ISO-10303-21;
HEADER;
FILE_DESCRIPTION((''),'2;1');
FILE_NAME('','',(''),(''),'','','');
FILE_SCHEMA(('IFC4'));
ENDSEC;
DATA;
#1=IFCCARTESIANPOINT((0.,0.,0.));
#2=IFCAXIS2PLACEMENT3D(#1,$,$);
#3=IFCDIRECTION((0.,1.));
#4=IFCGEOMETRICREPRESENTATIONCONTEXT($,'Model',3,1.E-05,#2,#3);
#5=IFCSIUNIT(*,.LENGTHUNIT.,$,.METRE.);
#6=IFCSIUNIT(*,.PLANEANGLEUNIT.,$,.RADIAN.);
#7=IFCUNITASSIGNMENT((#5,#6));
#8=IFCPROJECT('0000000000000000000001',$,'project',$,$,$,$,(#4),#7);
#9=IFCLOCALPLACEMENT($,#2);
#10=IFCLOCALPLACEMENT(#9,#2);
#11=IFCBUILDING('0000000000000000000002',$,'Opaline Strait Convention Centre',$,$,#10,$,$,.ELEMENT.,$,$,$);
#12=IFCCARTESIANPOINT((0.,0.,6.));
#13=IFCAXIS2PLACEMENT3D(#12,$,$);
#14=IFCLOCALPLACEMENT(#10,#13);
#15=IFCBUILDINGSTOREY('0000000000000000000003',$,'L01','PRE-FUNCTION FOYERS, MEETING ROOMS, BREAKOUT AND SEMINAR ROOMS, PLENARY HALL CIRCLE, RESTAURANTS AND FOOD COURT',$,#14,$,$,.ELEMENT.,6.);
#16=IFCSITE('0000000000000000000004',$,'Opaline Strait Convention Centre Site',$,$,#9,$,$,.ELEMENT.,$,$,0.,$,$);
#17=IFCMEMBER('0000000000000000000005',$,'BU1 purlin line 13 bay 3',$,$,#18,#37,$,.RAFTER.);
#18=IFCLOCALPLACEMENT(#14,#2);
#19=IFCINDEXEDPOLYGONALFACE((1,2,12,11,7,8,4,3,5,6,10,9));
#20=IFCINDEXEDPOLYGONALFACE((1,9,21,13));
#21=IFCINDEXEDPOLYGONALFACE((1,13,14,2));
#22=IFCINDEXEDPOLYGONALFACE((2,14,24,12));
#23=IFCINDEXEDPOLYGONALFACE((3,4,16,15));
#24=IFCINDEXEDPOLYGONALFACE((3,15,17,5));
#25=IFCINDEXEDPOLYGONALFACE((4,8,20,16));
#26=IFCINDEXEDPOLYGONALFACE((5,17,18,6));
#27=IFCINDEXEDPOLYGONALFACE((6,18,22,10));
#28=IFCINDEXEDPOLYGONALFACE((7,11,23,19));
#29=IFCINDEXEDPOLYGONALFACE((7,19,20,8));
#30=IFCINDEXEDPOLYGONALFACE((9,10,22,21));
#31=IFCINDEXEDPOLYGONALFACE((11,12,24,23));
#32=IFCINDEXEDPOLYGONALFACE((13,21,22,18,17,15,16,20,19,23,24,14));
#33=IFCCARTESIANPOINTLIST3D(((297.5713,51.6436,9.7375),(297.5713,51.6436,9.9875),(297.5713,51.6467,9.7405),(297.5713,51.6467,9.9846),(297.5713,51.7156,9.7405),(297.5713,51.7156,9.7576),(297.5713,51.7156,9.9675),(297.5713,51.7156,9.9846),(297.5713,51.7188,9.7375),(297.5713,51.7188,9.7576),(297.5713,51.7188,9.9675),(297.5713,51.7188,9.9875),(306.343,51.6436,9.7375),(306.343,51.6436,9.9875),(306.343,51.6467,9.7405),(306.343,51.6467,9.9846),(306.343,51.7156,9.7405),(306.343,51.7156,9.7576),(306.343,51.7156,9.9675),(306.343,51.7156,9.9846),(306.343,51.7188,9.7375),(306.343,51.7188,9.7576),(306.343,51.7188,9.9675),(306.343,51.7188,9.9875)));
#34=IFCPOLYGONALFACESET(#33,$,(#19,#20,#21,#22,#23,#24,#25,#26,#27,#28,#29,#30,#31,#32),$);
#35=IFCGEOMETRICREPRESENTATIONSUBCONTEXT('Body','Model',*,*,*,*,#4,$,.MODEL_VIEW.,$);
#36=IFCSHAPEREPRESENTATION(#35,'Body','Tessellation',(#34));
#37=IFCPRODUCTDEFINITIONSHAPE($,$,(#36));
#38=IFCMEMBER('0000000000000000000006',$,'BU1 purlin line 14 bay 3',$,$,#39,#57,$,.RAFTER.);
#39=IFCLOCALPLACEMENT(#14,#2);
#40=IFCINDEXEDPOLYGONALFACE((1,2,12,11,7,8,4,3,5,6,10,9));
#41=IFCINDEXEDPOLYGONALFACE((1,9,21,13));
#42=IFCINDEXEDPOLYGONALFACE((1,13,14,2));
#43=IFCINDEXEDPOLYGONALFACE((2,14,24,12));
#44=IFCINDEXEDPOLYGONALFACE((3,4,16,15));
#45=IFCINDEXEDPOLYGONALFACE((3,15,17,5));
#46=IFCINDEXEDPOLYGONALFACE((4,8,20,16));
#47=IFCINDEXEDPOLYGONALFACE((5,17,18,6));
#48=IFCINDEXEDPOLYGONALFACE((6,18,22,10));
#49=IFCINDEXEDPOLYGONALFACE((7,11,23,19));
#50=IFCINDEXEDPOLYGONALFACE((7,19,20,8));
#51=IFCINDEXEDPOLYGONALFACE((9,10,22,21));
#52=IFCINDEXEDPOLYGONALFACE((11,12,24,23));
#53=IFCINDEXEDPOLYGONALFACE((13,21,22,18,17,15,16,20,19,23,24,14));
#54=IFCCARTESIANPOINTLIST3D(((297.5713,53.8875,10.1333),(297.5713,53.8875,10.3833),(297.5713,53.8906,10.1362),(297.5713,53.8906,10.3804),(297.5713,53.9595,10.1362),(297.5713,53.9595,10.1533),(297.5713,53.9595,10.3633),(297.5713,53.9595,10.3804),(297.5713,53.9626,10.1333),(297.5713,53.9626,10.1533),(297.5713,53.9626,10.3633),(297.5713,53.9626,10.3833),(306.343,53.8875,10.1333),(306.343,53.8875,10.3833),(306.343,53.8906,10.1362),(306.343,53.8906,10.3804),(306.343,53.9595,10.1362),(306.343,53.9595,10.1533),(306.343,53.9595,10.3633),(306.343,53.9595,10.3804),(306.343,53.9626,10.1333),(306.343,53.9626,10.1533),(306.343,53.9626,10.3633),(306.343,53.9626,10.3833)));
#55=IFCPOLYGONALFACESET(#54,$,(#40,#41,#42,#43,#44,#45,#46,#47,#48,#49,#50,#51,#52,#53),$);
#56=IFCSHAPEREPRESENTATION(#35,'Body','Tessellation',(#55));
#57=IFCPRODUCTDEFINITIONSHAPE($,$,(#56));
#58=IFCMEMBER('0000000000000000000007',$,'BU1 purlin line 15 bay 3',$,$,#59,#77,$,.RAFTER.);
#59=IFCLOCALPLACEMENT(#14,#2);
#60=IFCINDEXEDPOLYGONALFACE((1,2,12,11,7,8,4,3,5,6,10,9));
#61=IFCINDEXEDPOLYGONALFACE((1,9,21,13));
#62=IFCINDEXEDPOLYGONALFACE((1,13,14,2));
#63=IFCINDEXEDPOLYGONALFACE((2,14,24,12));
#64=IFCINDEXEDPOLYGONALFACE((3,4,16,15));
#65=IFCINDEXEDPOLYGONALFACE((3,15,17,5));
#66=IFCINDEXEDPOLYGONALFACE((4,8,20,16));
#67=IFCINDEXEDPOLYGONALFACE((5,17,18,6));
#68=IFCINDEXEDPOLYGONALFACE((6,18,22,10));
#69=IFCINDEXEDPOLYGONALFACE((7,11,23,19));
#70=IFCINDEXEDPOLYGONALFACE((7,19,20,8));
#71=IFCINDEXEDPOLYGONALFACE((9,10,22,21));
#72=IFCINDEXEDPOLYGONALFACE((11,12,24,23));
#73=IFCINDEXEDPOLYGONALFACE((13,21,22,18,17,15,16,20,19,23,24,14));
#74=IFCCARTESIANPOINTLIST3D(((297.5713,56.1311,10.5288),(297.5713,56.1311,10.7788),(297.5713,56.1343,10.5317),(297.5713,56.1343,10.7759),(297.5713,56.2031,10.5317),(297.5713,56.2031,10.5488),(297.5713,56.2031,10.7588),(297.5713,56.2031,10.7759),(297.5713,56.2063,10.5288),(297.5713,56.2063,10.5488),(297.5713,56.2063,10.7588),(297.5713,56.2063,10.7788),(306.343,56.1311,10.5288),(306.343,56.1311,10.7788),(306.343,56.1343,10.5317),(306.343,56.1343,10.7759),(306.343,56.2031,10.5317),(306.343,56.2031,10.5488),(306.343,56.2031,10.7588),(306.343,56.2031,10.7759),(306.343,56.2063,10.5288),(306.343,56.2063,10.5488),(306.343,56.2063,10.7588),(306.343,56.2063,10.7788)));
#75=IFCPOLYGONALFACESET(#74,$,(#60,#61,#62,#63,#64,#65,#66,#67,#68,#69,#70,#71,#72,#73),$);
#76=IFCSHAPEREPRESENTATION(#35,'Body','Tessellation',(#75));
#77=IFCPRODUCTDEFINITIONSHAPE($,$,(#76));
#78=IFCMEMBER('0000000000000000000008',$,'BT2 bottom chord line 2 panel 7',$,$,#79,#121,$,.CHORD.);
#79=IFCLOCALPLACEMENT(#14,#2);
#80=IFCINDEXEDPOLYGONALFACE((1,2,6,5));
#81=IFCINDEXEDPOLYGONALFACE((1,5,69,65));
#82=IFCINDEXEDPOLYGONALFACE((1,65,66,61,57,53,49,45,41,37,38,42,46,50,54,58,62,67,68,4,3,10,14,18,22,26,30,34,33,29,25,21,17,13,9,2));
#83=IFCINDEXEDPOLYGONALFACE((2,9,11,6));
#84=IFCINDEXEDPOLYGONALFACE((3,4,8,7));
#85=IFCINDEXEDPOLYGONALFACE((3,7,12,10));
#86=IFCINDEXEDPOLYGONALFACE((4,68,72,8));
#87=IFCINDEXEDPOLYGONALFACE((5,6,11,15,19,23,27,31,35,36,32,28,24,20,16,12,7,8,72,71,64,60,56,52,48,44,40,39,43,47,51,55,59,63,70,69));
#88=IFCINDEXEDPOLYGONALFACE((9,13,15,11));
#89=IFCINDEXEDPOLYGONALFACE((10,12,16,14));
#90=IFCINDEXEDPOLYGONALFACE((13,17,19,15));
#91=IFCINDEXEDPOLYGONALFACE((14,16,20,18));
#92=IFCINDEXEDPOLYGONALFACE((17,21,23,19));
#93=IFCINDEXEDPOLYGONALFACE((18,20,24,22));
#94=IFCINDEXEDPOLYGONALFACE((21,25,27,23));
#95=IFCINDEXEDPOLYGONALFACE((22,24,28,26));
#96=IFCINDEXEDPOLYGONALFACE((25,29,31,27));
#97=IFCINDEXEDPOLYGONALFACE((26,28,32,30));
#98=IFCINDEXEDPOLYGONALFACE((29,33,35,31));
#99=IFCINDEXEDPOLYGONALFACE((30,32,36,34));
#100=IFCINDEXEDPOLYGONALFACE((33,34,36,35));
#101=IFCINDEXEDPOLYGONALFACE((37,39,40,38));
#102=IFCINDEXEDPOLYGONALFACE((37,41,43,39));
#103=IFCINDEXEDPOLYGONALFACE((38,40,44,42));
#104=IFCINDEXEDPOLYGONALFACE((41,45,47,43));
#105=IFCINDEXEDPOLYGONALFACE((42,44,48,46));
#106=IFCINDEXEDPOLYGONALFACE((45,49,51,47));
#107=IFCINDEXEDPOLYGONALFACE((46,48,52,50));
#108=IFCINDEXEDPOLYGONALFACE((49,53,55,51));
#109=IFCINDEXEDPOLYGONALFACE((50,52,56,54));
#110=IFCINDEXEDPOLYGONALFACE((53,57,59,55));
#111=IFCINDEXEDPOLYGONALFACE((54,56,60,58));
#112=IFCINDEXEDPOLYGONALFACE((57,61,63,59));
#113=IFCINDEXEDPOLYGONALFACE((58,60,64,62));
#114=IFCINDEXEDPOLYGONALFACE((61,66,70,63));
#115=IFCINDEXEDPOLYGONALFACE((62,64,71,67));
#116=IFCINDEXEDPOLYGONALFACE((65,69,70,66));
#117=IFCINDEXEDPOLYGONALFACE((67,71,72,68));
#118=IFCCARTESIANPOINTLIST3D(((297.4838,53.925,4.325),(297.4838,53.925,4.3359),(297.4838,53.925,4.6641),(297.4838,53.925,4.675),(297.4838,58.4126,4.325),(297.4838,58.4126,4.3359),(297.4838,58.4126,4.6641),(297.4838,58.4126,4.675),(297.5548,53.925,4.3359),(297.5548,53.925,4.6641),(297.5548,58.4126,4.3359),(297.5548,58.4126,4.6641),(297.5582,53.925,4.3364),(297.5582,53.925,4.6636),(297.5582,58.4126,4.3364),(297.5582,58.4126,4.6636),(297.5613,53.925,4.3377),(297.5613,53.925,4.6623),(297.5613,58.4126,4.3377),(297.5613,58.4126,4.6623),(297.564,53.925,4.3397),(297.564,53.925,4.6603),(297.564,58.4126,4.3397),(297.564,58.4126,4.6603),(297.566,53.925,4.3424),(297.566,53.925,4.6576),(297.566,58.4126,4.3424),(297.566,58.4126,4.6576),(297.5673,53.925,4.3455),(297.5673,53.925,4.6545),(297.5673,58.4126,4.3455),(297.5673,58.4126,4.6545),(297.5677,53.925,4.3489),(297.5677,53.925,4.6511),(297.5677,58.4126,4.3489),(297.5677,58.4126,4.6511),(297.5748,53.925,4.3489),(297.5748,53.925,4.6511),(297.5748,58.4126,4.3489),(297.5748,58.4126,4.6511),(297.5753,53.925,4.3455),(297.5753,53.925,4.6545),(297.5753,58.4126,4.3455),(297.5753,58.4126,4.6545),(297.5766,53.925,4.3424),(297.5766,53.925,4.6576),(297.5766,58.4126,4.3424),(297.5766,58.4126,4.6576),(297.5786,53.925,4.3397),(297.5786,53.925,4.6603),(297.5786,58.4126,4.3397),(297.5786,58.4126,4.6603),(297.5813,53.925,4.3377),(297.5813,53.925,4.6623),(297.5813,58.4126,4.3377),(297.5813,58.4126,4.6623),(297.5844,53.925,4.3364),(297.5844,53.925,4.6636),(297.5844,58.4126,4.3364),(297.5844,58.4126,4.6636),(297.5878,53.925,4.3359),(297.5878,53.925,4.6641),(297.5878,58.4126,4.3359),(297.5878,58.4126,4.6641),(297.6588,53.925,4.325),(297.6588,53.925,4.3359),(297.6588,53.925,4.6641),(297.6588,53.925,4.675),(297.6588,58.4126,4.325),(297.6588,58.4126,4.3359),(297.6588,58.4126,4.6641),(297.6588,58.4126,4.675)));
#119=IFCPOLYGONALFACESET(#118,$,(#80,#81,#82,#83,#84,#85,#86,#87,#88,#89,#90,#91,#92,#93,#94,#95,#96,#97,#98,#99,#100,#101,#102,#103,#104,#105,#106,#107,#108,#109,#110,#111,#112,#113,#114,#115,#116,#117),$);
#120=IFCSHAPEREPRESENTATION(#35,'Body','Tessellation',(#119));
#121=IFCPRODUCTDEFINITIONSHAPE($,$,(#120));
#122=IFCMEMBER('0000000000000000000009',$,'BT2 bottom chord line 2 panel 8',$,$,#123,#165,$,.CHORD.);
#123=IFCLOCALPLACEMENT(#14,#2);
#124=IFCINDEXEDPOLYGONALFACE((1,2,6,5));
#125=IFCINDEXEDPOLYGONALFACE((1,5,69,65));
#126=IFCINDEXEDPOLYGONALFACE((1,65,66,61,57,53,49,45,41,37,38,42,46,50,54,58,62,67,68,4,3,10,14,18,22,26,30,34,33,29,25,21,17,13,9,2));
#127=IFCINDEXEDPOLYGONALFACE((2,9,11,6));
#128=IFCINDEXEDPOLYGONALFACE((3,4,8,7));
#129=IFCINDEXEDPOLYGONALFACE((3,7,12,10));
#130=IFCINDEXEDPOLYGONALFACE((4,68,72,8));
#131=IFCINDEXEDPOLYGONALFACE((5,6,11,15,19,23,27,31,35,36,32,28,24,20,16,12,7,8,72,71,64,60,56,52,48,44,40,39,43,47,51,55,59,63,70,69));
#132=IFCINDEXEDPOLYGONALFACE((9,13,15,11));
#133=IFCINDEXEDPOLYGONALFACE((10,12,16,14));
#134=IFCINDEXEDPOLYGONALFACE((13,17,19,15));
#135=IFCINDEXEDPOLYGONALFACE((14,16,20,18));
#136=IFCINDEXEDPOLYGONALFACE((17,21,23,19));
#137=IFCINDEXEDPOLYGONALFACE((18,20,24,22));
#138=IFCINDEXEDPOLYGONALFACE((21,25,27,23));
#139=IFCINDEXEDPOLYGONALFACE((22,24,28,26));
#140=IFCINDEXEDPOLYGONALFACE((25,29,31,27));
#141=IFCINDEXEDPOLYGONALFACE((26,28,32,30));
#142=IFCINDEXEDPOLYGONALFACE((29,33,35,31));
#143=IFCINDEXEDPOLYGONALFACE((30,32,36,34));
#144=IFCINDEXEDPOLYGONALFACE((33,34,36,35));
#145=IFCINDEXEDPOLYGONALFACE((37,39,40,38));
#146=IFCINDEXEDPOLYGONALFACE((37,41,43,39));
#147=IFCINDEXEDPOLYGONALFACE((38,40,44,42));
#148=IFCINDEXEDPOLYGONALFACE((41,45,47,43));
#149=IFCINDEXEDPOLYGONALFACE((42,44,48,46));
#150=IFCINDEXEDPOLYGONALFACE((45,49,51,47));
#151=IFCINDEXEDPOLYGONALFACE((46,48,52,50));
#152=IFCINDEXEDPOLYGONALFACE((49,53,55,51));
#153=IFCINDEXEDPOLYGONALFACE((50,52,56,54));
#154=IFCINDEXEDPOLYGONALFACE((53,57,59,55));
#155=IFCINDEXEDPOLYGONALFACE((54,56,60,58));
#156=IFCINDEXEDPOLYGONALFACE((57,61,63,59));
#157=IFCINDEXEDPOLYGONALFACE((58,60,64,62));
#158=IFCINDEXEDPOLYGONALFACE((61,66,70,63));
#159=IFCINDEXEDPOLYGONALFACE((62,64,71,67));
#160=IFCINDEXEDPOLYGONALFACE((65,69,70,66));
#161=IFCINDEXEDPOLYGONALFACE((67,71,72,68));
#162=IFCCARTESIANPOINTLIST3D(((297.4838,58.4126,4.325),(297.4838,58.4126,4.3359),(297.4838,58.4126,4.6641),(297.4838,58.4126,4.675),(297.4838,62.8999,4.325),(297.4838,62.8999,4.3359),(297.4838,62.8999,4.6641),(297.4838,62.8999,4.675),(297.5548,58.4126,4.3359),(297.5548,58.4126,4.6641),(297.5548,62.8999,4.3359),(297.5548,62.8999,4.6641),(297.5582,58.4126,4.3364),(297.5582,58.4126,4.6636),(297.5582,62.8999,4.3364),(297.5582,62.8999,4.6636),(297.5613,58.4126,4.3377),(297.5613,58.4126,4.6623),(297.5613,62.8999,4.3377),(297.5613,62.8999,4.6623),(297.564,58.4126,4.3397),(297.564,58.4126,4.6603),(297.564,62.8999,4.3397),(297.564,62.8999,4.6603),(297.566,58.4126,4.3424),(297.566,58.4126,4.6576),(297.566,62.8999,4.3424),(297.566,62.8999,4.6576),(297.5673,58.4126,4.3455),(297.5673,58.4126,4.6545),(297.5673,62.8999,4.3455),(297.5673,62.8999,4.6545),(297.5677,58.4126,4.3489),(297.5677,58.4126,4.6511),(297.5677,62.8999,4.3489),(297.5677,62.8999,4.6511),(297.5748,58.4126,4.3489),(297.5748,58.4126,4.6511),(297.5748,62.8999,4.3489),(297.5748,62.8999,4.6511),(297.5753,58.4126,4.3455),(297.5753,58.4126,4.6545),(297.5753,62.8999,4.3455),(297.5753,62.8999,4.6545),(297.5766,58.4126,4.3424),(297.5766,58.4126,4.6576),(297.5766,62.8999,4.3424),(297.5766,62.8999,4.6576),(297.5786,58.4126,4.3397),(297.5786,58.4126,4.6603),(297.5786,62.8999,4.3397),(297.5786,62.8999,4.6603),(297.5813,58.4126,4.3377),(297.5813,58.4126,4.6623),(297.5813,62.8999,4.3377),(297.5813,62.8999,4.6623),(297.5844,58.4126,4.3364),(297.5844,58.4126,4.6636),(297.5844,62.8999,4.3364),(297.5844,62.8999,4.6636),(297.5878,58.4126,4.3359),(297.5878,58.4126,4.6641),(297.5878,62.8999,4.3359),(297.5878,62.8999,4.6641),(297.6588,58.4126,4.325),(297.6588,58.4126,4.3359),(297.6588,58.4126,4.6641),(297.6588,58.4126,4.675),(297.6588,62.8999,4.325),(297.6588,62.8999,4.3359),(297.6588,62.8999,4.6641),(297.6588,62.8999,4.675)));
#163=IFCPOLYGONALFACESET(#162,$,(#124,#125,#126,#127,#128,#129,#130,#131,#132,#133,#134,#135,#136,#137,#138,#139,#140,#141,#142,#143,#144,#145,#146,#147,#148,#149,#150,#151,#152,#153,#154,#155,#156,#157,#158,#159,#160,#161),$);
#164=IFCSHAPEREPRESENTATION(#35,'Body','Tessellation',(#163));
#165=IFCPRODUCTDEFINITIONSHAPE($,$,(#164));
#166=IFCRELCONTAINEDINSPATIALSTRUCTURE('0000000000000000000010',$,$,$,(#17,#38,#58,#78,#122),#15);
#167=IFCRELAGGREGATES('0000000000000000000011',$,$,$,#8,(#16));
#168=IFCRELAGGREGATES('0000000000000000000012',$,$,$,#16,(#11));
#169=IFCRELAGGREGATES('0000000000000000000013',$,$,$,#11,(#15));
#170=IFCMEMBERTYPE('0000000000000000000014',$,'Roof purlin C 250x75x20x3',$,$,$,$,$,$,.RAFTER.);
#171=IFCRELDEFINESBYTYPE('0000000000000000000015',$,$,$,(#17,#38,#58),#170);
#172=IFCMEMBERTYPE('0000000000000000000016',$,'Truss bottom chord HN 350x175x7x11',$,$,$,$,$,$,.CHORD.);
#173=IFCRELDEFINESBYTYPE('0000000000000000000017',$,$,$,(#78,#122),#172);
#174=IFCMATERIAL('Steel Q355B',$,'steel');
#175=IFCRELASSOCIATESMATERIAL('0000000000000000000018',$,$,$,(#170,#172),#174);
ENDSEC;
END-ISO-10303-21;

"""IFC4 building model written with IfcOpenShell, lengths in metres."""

from ifc_helpers import new_model, si_unit, direction, frame, origin, origin_2d, place, context, subcontext, project, spatial, polyline, i_section, outline, extrude, material, material_profile, profile_set, type_object, element, save


model = new_model("IFC4")

# Units and contexts
model_context = context("Model", 3, precision=1e-05, world=origin(), true_north=direction((0.0, 1.0)))
body_context = subcontext(model_context, "Body", "Model", "MODEL_VIEW")
ifc_project = project(units=[si_unit("LENGTHUNIT", "METRE"), si_unit("PLANEANGLEUNIT", "RADIAN")], contexts=[model_context])

# Site, building, storey
site_placement = place(None, origin())
site = spatial("IfcSite", under=ifc_project, at=site_placement, Name="Opaline Strait Convention Centre Site", CompositionType="ELEMENT", RefElevation=0.0)
building_placement = place(site_placement, origin())
building = spatial("IfcBuilding", under=site, at=building_placement, Name="Opaline Strait Convention Centre", CompositionType="ELEMENT")
storey_placement = place(building_placement, frame((0.0, 0.0, 6.0)))
storey = spatial("IfcBuildingStorey", under=building, at=storey_placement, Name="L01", Description="PRE-FUNCTION FOYERS, MEETING ROOMS, BREAKOUT AND SEMINAR ROOMS, PLENARY HALL CIRCLE, RESTAURANTS AND FOOD COURT", CompositionType="ELEMENT", Elevation=6.0)

# Members
ifc_material_1 = material(Name="Steel Q355B", Category="steel")
ifc_material_profile_1 = material_profile(ifc_material_1, outline(polyline([(-0.0376, -0.125), (0.0376, -0.125), (0.0376, -0.105), (0.0344, -0.105), (0.0344, -0.1221), (-0.0344, -0.1221), (-0.0344, 0.1221), (0.0344, 0.1221), (0.0344, 0.105), (0.0376, 0.105), (0.0376, 0.125), (-0.0376, 0.125), (-0.0376, -0.125)])), Name="C 250x75x20x3")
ifc_profile_set_1 = profile_set([ifc_material_profile_1], Name="Steel Q355B")
member_type_1 = type_object("IfcMemberType", Name="Roof purlin C 250x75x20x3", PredefinedType="RAFTER", material=ifc_profile_set_1)
for number, where, z_axis, x_axis, name in (
    (1, (297.5713, 51.6812, 9.8625), (1.0, 0.0, 0.0), (0.0, 1.0, 0.0), "BU1 purlin line 13 bay 3"),
    (2, (297.5713, 53.925, 10.2583), (1.0, 0.0, 0.0), (0.0, 1.0, 0.0), "BU1 purlin line 14 bay 3"),
    (3, (297.5713, 56.1687, 10.6538), (1.0, 0.0, 0.0), (0.0, 1.0, 0.0), "BU1 purlin line 15 bay 3"),
):
    element("IfcMember", number, at=place(storey_placement, frame(where, z_axis=z_axis, x_axis=x_axis)), inside=storey, type_object=member_type_1, Name=name, PredefinedType="RAFTER", context=body_context, shape_type="SweptSolid", body=[
        extrude(outline(polyline([(-0.0376, -0.125), (0.0376, -0.125), (0.0376, -0.105), (0.0344, -0.105), (0.0344, -0.1221), (-0.0344, -0.1221), (-0.0344, 0.1221), (0.0344, 0.1221), (0.0344, 0.105), (0.0376, 0.105), (0.0376, 0.125), (-0.0376, 0.125), (-0.0376, -0.125)])), origin(), (0.0, 0.0, 1.0), 8.7717),
    ])
ifc_material_profile_2 = material_profile(ifc_material_1, i_section(OverallWidth=0.175, OverallDepth=0.3501, WebThickness=0.0071, FlangeThickness=0.011, FilletRadius=0.0129, at=origin_2d()), Name="HN 350x175x7x11")
ifc_profile_set_2 = profile_set([ifc_material_profile_2], Name="Steel Q355B")
member_type_2 = type_object("IfcMemberType", Name="Truss bottom chord HN 350x175x7x11", PredefinedType="CHORD", material=ifc_profile_set_2)
member_1_placement = place(storey_placement, frame((297.5713, 53.925, 4.5), z_axis=(0.0, 1.0, 0.0), x_axis=(-1.0, 0.0, 0.0)))
element("IfcMember", 4, at=member_1_placement, inside=storey, type_object=member_type_2, Name="BT2 bottom chord line 2 panel 7", PredefinedType="CHORD", context=body_context, shape_type="SweptSolid", body=[
    extrude(i_section(OverallWidth=0.175, OverallDepth=0.3501, WebThickness=0.0071, FlangeThickness=0.011, FilletRadius=0.0129, at=origin_2d()), origin(), (0.0, 0.0, 1.0), 4.4875),
])
member_2_placement = place(storey_placement, frame((297.5713, 58.4126, 4.5), z_axis=(0.0, 1.0, 0.0), x_axis=(-1.0, 0.0, 0.0)))
element("IfcMember", 5, at=member_2_placement, inside=storey, type_object=member_type_2, Name="BT2 bottom chord line 2 panel 8", PredefinedType="CHORD", context=body_context, shape_type="SweptSolid", body=[
    extrude(i_section(OverallWidth=0.175, OverallDepth=0.3501, WebThickness=0.0071, FlangeThickness=0.011, FilletRadius=0.0129, at=origin_2d()), origin(), (0.0, 0.0, 1.0), 4.4873),
])

save(model, "model.ifc")
